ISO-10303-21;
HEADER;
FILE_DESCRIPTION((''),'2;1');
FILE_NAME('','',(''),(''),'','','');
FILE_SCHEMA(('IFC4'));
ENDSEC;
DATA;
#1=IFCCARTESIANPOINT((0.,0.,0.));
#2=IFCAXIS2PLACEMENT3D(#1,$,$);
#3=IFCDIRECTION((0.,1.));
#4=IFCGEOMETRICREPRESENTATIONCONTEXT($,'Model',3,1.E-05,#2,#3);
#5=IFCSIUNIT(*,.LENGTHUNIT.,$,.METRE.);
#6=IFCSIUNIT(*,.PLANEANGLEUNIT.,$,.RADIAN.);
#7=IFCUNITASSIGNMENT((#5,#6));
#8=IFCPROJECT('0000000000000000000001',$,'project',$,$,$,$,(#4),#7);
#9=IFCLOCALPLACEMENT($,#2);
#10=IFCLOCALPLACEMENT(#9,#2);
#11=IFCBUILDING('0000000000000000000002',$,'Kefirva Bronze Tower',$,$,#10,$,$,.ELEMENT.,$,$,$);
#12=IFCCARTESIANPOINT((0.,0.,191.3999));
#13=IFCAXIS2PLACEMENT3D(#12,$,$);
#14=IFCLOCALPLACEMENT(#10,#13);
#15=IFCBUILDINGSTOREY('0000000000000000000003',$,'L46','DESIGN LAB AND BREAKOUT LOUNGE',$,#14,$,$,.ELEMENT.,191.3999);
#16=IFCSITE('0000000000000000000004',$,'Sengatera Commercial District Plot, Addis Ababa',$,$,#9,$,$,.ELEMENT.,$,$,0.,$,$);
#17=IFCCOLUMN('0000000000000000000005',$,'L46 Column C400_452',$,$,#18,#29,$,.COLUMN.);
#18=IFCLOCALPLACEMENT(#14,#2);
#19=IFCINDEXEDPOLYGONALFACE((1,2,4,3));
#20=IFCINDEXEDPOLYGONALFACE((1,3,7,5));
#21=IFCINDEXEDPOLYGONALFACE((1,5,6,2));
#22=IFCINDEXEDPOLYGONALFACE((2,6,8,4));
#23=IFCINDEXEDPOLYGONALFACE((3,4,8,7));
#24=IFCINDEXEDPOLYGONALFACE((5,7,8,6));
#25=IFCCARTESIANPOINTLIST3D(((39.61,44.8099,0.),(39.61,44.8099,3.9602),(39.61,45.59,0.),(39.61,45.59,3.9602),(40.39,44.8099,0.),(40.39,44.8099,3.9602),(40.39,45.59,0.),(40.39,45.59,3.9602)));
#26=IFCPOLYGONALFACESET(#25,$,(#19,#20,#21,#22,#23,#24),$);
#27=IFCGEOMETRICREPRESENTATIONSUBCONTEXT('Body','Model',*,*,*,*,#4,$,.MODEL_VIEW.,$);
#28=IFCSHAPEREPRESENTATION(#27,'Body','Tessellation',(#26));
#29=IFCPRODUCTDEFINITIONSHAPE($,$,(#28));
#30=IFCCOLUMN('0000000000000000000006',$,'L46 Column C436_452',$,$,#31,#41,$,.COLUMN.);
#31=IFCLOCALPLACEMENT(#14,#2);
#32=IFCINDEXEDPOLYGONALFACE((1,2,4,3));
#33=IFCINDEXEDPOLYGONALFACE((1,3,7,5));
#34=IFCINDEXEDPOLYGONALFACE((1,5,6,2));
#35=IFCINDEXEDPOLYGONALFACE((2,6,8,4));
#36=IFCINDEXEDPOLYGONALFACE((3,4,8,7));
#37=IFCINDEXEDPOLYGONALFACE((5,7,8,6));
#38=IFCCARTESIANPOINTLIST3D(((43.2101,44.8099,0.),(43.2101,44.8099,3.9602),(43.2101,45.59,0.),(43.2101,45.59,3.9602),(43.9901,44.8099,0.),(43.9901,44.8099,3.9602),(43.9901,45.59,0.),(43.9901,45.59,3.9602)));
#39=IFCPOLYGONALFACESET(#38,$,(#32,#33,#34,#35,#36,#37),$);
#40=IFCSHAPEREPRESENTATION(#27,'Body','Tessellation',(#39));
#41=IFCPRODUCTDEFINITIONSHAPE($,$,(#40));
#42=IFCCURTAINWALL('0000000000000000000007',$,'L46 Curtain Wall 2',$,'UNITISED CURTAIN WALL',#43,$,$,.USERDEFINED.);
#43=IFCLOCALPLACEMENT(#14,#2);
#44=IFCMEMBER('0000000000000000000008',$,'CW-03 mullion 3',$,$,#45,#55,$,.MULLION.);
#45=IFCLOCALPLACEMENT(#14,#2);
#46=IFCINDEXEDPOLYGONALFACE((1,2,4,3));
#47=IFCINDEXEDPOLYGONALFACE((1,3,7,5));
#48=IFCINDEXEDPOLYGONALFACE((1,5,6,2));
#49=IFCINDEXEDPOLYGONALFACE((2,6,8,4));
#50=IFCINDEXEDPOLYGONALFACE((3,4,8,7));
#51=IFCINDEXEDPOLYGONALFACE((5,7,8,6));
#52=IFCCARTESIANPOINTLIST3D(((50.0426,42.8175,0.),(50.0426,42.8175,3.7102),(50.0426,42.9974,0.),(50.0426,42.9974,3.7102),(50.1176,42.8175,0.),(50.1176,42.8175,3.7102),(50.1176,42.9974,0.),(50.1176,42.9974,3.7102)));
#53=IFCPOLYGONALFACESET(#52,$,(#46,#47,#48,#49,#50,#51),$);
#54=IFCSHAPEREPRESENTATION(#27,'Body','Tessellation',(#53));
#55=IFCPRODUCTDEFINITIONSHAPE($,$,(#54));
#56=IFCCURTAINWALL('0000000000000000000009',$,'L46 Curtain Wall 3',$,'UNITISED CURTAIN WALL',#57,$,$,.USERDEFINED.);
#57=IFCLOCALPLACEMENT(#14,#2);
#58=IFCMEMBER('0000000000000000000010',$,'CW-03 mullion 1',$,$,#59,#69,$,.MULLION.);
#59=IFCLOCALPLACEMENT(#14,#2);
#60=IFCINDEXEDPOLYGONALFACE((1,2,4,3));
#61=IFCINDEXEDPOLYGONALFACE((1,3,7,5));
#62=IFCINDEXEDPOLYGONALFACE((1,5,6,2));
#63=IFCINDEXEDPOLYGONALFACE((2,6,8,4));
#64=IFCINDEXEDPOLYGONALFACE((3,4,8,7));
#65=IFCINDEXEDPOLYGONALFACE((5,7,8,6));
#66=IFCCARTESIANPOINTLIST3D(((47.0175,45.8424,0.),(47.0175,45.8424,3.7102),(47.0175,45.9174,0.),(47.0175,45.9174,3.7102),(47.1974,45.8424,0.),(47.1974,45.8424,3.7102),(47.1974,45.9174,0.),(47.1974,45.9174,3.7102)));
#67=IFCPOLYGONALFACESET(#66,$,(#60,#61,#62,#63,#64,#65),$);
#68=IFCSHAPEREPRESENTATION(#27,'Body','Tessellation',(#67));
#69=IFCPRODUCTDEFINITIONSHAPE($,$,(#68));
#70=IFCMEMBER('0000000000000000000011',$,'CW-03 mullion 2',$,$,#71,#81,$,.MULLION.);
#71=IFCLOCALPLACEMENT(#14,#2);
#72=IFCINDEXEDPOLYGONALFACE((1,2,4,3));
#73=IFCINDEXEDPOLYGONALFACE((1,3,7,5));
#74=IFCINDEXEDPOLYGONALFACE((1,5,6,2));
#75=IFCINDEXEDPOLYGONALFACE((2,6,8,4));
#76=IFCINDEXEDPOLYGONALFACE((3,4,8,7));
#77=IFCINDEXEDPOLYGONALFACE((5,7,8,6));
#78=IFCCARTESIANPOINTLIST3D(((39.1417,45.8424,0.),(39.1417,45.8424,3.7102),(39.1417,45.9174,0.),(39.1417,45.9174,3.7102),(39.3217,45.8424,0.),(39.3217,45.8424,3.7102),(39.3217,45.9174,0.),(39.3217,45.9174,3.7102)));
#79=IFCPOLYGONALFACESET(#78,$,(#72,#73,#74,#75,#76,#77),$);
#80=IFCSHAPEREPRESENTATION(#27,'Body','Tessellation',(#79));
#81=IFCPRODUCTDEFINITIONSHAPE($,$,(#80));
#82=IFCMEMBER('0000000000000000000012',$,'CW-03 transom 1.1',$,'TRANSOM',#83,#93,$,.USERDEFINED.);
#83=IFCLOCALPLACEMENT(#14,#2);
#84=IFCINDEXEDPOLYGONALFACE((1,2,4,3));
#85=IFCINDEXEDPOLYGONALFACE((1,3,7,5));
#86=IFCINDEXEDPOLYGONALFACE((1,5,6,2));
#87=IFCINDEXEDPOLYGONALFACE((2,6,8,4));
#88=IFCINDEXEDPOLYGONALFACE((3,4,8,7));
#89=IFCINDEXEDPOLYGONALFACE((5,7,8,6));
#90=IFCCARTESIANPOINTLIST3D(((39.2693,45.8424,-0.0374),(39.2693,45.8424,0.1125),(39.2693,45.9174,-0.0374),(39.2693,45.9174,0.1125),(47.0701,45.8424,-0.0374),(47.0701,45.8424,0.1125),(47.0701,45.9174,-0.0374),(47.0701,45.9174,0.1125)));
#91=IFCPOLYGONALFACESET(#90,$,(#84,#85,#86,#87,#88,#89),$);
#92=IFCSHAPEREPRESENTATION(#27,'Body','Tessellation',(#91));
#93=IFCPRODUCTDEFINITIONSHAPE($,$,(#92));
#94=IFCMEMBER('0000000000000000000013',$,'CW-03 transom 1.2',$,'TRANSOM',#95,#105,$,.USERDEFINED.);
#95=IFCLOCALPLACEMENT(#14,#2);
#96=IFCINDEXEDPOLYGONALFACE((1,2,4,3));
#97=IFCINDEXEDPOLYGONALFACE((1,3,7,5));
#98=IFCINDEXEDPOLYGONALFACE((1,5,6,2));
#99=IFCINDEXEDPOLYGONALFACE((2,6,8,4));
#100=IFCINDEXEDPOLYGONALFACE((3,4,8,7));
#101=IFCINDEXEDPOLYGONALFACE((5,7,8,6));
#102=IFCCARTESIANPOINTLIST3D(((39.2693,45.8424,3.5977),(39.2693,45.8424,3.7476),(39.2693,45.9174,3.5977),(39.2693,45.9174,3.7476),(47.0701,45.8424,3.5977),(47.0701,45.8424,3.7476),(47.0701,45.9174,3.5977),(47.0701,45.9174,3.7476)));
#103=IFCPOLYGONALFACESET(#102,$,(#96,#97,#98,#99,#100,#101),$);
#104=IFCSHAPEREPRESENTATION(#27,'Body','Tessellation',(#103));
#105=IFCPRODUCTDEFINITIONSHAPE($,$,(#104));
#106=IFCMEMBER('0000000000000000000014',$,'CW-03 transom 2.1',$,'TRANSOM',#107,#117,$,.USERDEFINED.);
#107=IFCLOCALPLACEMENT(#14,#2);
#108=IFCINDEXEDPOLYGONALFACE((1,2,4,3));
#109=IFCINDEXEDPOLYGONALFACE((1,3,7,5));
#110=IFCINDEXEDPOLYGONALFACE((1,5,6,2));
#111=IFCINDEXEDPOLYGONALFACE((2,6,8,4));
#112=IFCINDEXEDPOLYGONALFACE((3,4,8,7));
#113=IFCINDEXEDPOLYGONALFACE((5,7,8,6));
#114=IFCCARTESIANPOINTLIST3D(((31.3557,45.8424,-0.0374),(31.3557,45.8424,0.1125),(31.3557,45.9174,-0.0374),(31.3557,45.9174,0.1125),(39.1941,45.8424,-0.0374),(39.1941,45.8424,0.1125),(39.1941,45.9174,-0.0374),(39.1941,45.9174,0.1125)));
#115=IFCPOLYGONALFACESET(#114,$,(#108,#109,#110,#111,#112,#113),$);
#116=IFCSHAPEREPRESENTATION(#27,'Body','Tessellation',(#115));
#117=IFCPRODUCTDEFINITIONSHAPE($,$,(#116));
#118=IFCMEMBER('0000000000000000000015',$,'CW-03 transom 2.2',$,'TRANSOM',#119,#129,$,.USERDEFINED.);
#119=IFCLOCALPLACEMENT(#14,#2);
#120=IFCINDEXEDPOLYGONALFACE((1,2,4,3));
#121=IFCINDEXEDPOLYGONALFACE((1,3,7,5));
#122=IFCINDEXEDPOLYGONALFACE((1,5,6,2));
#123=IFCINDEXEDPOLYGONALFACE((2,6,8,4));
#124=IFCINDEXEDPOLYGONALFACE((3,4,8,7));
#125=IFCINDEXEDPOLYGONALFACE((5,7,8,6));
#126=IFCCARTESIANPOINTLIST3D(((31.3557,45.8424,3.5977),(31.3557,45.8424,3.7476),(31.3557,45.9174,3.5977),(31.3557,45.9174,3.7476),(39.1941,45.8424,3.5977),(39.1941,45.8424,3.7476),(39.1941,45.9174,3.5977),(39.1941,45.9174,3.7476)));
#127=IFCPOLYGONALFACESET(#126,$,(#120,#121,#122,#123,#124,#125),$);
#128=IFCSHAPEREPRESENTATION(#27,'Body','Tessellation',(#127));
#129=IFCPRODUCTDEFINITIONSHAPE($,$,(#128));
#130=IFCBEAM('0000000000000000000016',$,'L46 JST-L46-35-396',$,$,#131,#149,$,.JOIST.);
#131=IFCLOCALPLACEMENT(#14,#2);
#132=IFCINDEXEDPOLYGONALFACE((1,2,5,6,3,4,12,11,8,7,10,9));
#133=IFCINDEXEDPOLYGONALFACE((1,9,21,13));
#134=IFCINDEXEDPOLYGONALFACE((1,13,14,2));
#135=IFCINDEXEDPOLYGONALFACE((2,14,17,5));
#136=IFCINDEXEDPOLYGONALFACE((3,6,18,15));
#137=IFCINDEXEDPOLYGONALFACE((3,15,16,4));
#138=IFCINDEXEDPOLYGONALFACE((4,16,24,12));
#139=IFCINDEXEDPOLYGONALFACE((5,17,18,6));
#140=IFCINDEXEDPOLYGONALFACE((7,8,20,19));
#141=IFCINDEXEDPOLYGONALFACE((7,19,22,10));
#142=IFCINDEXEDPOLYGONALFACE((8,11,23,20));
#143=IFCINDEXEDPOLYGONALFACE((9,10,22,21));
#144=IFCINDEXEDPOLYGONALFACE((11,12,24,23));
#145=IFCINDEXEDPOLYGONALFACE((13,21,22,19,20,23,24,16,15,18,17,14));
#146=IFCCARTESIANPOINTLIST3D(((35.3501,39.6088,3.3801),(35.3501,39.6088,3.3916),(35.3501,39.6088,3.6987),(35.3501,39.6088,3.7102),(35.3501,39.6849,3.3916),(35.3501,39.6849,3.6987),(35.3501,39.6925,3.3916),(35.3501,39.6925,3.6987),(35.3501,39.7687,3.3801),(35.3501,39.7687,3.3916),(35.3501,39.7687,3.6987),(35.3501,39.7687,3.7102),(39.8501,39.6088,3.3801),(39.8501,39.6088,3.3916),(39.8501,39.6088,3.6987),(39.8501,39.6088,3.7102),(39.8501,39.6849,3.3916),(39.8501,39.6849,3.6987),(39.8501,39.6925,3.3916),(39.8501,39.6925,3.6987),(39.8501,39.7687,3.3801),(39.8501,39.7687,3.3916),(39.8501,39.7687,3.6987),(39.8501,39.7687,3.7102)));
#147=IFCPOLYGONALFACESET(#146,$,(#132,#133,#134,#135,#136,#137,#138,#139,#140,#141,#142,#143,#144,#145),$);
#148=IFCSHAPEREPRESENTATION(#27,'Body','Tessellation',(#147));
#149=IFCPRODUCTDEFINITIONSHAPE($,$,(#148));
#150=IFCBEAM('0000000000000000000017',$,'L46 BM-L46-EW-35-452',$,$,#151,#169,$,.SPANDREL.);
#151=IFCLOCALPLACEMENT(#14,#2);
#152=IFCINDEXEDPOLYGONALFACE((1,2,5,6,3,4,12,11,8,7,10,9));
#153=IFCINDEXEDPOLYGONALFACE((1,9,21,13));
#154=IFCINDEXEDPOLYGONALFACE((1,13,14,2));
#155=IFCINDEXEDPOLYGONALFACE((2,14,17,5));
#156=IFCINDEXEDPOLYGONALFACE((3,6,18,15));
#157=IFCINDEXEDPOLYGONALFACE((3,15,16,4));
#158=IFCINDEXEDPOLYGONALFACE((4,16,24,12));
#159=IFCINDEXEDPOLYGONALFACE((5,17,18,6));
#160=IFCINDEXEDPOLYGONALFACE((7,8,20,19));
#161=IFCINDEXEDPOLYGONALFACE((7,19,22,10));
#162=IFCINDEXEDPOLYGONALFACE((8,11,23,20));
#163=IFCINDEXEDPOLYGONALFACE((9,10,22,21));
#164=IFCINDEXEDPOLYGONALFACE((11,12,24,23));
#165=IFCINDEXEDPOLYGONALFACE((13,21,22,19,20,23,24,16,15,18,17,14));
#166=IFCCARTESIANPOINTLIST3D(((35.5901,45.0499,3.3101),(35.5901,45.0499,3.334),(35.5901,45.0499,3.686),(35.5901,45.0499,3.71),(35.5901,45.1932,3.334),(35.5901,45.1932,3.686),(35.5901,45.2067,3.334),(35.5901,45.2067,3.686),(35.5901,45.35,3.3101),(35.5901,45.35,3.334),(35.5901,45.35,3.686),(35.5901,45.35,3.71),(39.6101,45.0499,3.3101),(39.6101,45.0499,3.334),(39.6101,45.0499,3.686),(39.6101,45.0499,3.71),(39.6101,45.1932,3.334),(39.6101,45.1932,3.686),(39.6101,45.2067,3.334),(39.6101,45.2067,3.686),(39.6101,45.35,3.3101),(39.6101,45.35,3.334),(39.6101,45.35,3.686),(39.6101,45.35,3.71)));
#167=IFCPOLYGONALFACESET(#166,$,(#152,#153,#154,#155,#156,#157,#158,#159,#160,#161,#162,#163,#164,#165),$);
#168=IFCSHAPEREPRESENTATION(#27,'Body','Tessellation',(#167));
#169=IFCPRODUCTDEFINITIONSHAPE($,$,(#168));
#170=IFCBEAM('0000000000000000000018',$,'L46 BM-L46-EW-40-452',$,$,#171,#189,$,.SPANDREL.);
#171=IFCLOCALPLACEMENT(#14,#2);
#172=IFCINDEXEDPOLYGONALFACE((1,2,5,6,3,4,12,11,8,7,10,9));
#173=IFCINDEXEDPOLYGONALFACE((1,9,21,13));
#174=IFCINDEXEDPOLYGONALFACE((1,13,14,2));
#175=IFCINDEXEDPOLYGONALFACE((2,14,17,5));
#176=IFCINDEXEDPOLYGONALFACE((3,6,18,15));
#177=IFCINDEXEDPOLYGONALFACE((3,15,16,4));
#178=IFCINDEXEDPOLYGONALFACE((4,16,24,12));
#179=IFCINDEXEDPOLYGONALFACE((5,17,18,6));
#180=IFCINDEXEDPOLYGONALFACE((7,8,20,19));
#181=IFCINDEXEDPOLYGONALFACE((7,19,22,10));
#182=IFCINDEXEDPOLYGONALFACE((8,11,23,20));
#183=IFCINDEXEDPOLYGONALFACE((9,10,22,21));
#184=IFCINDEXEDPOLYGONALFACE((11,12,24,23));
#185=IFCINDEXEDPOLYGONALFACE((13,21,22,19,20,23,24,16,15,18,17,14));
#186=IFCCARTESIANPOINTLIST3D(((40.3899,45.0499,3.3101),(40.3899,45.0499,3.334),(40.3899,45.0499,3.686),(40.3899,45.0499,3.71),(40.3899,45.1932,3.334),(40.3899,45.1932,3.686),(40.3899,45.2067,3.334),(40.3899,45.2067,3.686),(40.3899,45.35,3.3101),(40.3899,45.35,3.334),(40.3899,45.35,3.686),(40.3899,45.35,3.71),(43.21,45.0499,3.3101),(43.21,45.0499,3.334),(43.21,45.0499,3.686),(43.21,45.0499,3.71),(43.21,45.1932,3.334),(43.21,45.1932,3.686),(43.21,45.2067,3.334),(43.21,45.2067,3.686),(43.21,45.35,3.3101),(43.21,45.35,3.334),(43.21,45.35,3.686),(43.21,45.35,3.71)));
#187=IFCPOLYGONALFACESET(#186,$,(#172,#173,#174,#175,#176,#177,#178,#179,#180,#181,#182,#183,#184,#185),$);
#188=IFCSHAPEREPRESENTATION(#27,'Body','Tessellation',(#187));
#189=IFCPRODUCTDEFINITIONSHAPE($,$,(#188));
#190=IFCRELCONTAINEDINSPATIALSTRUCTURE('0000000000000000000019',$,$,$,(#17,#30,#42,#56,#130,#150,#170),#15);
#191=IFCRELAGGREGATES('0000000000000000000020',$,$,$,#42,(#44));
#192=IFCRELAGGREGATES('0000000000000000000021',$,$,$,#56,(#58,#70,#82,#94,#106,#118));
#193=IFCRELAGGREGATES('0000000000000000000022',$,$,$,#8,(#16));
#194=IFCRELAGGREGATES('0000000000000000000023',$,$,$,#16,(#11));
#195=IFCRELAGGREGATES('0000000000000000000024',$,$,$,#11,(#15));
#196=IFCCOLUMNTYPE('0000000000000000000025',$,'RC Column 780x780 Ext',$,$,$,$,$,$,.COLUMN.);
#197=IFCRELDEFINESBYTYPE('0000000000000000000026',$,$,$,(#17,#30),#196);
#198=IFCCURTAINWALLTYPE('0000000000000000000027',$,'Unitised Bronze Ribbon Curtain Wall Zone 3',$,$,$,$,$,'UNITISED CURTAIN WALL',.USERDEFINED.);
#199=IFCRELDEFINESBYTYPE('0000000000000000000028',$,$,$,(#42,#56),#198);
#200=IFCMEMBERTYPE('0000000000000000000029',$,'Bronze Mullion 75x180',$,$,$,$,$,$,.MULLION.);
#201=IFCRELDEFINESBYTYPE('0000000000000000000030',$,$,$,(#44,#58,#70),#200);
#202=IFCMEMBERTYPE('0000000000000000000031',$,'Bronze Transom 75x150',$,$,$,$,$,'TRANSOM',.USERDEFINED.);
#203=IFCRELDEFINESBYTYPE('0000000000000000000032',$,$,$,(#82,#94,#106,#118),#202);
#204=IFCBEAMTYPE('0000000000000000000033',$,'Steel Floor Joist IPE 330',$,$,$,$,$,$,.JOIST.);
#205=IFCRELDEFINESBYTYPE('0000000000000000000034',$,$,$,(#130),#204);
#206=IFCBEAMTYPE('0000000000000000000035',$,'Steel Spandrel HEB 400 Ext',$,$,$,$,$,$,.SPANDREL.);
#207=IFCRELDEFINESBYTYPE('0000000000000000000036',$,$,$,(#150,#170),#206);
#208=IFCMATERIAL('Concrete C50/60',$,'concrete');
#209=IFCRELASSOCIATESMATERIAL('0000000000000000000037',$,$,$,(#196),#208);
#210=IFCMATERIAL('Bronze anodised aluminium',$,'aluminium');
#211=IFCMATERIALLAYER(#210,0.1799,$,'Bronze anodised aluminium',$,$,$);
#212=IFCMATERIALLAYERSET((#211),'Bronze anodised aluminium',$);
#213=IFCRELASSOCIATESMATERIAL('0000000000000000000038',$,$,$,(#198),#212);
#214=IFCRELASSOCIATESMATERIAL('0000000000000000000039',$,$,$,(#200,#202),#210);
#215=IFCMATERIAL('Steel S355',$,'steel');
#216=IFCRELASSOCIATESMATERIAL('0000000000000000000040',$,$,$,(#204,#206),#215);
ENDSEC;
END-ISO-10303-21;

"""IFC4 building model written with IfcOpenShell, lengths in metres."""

from ifc_helpers import new_model, si_unit, direction, frame, origin, origin_2d, place, context, subcontext, project, spatial, rectangle, i_section, extrude, material, layer, layer_set, material_profile, profile_set, type_object, element, aggregate, save


model = new_model("IFC4")

# Units and contexts
model_context = context("Model", 3, precision=1e-05, world=origin(), true_north=direction((0.0, 1.0)))
body_context = subcontext(model_context, "Body", "Model", "MODEL_VIEW")
ifc_project = project(units=[si_unit("LENGTHUNIT", "METRE"), si_unit("PLANEANGLEUNIT", "RADIAN")], contexts=[model_context])

# Site, building, storey
site_placement = place(None, origin())
site = spatial("IfcSite", under=ifc_project, at=site_placement, Name="Sengatera Commercial District Plot, Addis Ababa", CompositionType="ELEMENT", RefElevation=0.0)
building_placement = place(site_placement, origin())
building = spatial("IfcBuilding", under=site, at=building_placement, Name="Kefirva Bronze Tower", CompositionType="ELEMENT")
storey_placement = place(building_placement, frame((0.0, 0.0, 191.3999)))
storey = spatial("IfcBuildingStorey", under=building, at=storey_placement, Name="L46", Description="DESIGN LAB AND BREAKOUT LOUNGE", CompositionType="ELEMENT", Elevation=191.3999)

# Columns
ifc_material_1 = material(Name="Concrete C50/60", Category="concrete")
ifc_material_profile_1 = material_profile(ifc_material_1, rectangle(XDim=0.78, YDim=0.78, at=origin_2d()), Name="RC 780x780")
ifc_profile_set_1 = profile_set([ifc_material_profile_1], Name="Concrete C50/60")
column_type = type_object("IfcColumnType", Name="RC Column 780x780 Ext", PredefinedType="COLUMN", material=ifc_profile_set_1)
for number, where, z_axis, x_axis, name in (
    (1, (40.0, 45.2, 0.0), (0.0, 0.0, 1.0), (1.0, 0.0, 0.0), "L46 Column C400_452"),
    (2, (43.6001, 45.2, 0.0), (0.0, 0.0, 1.0), (1.0, 0.0, 0.0), "L46 Column C436_452"),
):
    element("IfcColumn", number, at=place(storey_placement, frame(where, z_axis=z_axis, x_axis=x_axis)), inside=storey, type_object=column_type, Name=name, PredefinedType="COLUMN", context=body_context, shape_type="SweptSolid", body=[
        extrude(rectangle(XDim=0.78, YDim=0.78, at=origin_2d()), origin(), (0.0, 0.0, 1.0), 3.9602),
    ])

# Curtain wall, member
ifc_material_2 = material(Name="Bronze anodised aluminium", Category="aluminium")
ifc_layer_1 = layer(ifc_material_2, 0.1799, Name="Bronze anodised aluminium")
ifc_layer_set_1 = layer_set([ifc_layer_1], Name="Bronze anodised aluminium")
curtain_wall_type = type_object("IfcCurtainWallType", Name="Unitised Bronze Ribbon Curtain Wall Zone 3", ElementType="UNITISED CURTAIN WALL", PredefinedType="USERDEFINED", material=ifc_layer_set_1)
curtain_wall_1_placement = place(storey_placement, origin())
curtain_wall_1 = element("IfcCurtainWall", 3, at=curtain_wall_1_placement, inside=storey, type_object=curtain_wall_type, Name="L46 Curtain Wall 2", ObjectType="UNITISED CURTAIN WALL", PredefinedType="USERDEFINED")
ifc_material_profile_2 = material_profile(ifc_material_2, rectangle(XDim=0.075, YDim=0.1799, at=origin_2d()), Name="ALU 75x180")
ifc_profile_set_2 = profile_set([ifc_material_profile_2], Name="Bronze anodised aluminium")
member_type_1 = type_object("IfcMemberType", Name="Bronze Mullion 75x180", PredefinedType="MULLION", material=ifc_profile_set_2)
member_1_placement = place(storey_placement, frame((50.0801, 42.9075, 0.0), z_axis=(0.0, 0.0, 1.0), x_axis=(-1.0, 0.0, 0.0)))
member_1 = element("IfcMember", 4, at=member_1_placement, type_object=member_type_1, Name="CW-03 mullion 3", PredefinedType="MULLION", context=body_context, shape_type="SweptSolid", body=[
    extrude(rectangle(XDim=0.075, YDim=0.1799, at=origin_2d()), origin(), (0.0, 0.0, 1.0), 3.7102),
])
aggregate(curtain_wall_1, [member_1])

# Curtain wall, members
curtain_wall_2_placement = place(storey_placement, origin())
curtain_wall_2 = element("IfcCurtainWall", 5, at=curtain_wall_2_placement, inside=storey, type_object=curtain_wall_type, Name="L46 Curtain Wall 3", ObjectType="UNITISED CURTAIN WALL", PredefinedType="USERDEFINED")
member_2_placement = place(storey_placement, frame((47.1074, 45.8799, 0.0), z_axis=(0.0, 0.0, 1.0), x_axis=(0.0, -1.0, 0.0)))
member_2 = element("IfcMember", 6, at=member_2_placement, type_object=member_type_1, Name="CW-03 mullion 1", PredefinedType="MULLION", context=body_context, shape_type="SweptSolid", body=[
    extrude(rectangle(XDim=0.075, YDim=0.1799, at=origin_2d()), origin(), (0.0, 0.0, 1.0), 3.7102),
])
member_3_placement = place(storey_placement, frame((39.2317, 45.8799, 0.0), z_axis=(0.0, 0.0, 1.0), x_axis=(0.0, -1.0, 0.0)))
member_3 = element("IfcMember", 7, at=member_3_placement, type_object=member_type_1, Name="CW-03 mullion 2", PredefinedType="MULLION", context=body_context, shape_type="SweptSolid", body=[
    extrude(rectangle(XDim=0.075, YDim=0.1799, at=origin_2d()), origin(), (0.0, 0.0, 1.0), 3.7102),
])
ifc_material_profile_3 = material_profile(ifc_material_2, rectangle(XDim=0.075, YDim=0.1499, at=origin_2d()), Name="ALU 75x150")
ifc_profile_set_3 = profile_set([ifc_material_profile_3], Name="Bronze anodised aluminium")
member_type_2 = type_object("IfcMemberType", Name="Bronze Transom 75x150", ElementType="TRANSOM", PredefinedType="USERDEFINED", material=ifc_profile_set_3)
member_4_placement = place(storey_placement, frame((47.0701, 45.8799, 0.0376), z_axis=(-1.0, 0.0, 0.0), x_axis=(0.0, -1.0, 0.0)))
member_4 = element("IfcMember", 8, at=member_4_placement, type_object=member_type_2, Name="CW-03 transom 1.1", ObjectType="TRANSOM", PredefinedType="USERDEFINED", context=body_context, shape_type="SweptSolid", body=[
    extrude(rectangle(XDim=0.075, YDim=0.1499, at=origin_2d()), origin(), (0.0, 0.0, 1.0), 7.8008),
])
member_5_placement = place(storey_placement, frame((47.0701, 45.8799, 3.6726), z_axis=(-1.0, 0.0, 0.0), x_axis=(0.0, -1.0, 0.0)))
member_5 = element("IfcMember", 9, at=member_5_placement, type_object=member_type_2, Name="CW-03 transom 1.2", ObjectType="TRANSOM", PredefinedType="USERDEFINED", context=body_context, shape_type="SweptSolid", body=[
    extrude(rectangle(XDim=0.075, YDim=0.1499, at=origin_2d()), origin(), (0.0, 0.0, 1.0), 7.8008),
])
member_6_placement = place(storey_placement, frame((39.1941, 45.8799, 0.0376), z_axis=(-1.0, 0.0, 0.0), x_axis=(0.0, -1.0, 0.0)))
member_6 = element("IfcMember", 10, at=member_6_placement, type_object=member_type_2, Name="CW-03 transom 2.1", ObjectType="TRANSOM", PredefinedType="USERDEFINED", context=body_context, shape_type="SweptSolid", body=[
    extrude(rectangle(XDim=0.075, YDim=0.1499, at=origin_2d()), origin(), (0.0, 0.0, 1.0), 7.8384),
])
member_7_placement = place(storey_placement, frame((39.1941, 45.8799, 3.6726), z_axis=(-1.0, 0.0, 0.0), x_axis=(0.0, -1.0, 0.0)))
member_7 = element("IfcMember", 11, at=member_7_placement, type_object=member_type_2, Name="CW-03 transom 2.2", ObjectType="TRANSOM", PredefinedType="USERDEFINED", context=body_context, shape_type="SweptSolid", body=[
    extrude(rectangle(XDim=0.075, YDim=0.1499, at=origin_2d()), origin(), (0.0, 0.0, 1.0), 7.8384),
])

# Beams
ifc_material_3 = material(Name="Steel S355", Category="steel")
ifc_material_profile_4 = material_profile(ifc_material_3, i_section(OverallWidth=0.1599, OverallDepth=0.3301, WebThickness=0.0076, FlangeThickness=0.0115, at=origin_2d()), Name="IPE 330")
ifc_profile_set_4 = profile_set([ifc_material_profile_4], Name="Steel S355")
beam_type_1 = type_object("IfcBeamType", Name="Steel Floor Joist IPE 330", PredefinedType="JOIST", material=ifc_profile_set_4)
beam_1_placement = place(storey_placement, frame((35.3501, 39.6887, 3.5452), z_axis=(1.0, 0.0, 0.0), x_axis=(0.0, 1.0, 0.0)))
element("IfcBeam", 12, at=beam_1_placement, inside=storey, type_object=beam_type_1, Name="L46 JST-L46-35-396", PredefinedType="JOIST", context=body_context, shape_type="SweptSolid", body=[
    extrude(i_section(OverallWidth=0.1599, OverallDepth=0.3301, WebThickness=0.0076, FlangeThickness=0.0115, at=origin_2d()), origin(), (0.0, 0.0, 1.0), 4.5),
])
ifc_material_profile_5 = material_profile(ifc_material_3, i_section(OverallWidth=0.3, OverallDepth=0.3999, WebThickness=0.0134, FlangeThickness=0.0239, at=origin_2d()), Name="HEB 400")
ifc_profile_set_5 = profile_set([ifc_material_profile_5], Name="Steel S355")
beam_type_2 = type_object("IfcBeamType", Name="Steel Spandrel HEB 400 Ext", PredefinedType="SPANDREL", material=ifc_profile_set_5)
beam_2_placement = place(storey_placement, frame((35.5901, 45.2, 3.51), z_axis=(1.0, 0.0, 0.0), x_axis=(0.0, 1.0, 0.0)))
element("IfcBeam", 13, at=beam_2_placement, inside=storey, type_object=beam_type_2, Name="L46 BM-L46-EW-35-452", PredefinedType="SPANDREL", context=body_context, shape_type="SweptSolid", body=[
    extrude(i_section(OverallWidth=0.3, OverallDepth=0.3999, WebThickness=0.0134, FlangeThickness=0.0239, at=origin_2d()), origin(), (0.0, 0.0, 1.0), 4.02),
])
beam_3_placement = place(storey_placement, frame((40.3899, 45.2, 3.51), z_axis=(1.0, 0.0, 0.0), x_axis=(0.0, 1.0, 0.0)))
element("IfcBeam", 14, at=beam_3_placement, inside=storey, type_object=beam_type_2, Name="L46 BM-L46-EW-40-452", PredefinedType="SPANDREL", context=body_context, shape_type="SweptSolid", body=[
    extrude(i_section(OverallWidth=0.3, OverallDepth=0.3999, WebThickness=0.0134, FlangeThickness=0.0239, at=origin_2d()), origin(), (0.0, 0.0, 1.0), 2.8201),
])

aggregate(curtain_wall_2, [member_2, member_3, member_4, member_5, member_6, member_7])

save(model, "model.ifc")
